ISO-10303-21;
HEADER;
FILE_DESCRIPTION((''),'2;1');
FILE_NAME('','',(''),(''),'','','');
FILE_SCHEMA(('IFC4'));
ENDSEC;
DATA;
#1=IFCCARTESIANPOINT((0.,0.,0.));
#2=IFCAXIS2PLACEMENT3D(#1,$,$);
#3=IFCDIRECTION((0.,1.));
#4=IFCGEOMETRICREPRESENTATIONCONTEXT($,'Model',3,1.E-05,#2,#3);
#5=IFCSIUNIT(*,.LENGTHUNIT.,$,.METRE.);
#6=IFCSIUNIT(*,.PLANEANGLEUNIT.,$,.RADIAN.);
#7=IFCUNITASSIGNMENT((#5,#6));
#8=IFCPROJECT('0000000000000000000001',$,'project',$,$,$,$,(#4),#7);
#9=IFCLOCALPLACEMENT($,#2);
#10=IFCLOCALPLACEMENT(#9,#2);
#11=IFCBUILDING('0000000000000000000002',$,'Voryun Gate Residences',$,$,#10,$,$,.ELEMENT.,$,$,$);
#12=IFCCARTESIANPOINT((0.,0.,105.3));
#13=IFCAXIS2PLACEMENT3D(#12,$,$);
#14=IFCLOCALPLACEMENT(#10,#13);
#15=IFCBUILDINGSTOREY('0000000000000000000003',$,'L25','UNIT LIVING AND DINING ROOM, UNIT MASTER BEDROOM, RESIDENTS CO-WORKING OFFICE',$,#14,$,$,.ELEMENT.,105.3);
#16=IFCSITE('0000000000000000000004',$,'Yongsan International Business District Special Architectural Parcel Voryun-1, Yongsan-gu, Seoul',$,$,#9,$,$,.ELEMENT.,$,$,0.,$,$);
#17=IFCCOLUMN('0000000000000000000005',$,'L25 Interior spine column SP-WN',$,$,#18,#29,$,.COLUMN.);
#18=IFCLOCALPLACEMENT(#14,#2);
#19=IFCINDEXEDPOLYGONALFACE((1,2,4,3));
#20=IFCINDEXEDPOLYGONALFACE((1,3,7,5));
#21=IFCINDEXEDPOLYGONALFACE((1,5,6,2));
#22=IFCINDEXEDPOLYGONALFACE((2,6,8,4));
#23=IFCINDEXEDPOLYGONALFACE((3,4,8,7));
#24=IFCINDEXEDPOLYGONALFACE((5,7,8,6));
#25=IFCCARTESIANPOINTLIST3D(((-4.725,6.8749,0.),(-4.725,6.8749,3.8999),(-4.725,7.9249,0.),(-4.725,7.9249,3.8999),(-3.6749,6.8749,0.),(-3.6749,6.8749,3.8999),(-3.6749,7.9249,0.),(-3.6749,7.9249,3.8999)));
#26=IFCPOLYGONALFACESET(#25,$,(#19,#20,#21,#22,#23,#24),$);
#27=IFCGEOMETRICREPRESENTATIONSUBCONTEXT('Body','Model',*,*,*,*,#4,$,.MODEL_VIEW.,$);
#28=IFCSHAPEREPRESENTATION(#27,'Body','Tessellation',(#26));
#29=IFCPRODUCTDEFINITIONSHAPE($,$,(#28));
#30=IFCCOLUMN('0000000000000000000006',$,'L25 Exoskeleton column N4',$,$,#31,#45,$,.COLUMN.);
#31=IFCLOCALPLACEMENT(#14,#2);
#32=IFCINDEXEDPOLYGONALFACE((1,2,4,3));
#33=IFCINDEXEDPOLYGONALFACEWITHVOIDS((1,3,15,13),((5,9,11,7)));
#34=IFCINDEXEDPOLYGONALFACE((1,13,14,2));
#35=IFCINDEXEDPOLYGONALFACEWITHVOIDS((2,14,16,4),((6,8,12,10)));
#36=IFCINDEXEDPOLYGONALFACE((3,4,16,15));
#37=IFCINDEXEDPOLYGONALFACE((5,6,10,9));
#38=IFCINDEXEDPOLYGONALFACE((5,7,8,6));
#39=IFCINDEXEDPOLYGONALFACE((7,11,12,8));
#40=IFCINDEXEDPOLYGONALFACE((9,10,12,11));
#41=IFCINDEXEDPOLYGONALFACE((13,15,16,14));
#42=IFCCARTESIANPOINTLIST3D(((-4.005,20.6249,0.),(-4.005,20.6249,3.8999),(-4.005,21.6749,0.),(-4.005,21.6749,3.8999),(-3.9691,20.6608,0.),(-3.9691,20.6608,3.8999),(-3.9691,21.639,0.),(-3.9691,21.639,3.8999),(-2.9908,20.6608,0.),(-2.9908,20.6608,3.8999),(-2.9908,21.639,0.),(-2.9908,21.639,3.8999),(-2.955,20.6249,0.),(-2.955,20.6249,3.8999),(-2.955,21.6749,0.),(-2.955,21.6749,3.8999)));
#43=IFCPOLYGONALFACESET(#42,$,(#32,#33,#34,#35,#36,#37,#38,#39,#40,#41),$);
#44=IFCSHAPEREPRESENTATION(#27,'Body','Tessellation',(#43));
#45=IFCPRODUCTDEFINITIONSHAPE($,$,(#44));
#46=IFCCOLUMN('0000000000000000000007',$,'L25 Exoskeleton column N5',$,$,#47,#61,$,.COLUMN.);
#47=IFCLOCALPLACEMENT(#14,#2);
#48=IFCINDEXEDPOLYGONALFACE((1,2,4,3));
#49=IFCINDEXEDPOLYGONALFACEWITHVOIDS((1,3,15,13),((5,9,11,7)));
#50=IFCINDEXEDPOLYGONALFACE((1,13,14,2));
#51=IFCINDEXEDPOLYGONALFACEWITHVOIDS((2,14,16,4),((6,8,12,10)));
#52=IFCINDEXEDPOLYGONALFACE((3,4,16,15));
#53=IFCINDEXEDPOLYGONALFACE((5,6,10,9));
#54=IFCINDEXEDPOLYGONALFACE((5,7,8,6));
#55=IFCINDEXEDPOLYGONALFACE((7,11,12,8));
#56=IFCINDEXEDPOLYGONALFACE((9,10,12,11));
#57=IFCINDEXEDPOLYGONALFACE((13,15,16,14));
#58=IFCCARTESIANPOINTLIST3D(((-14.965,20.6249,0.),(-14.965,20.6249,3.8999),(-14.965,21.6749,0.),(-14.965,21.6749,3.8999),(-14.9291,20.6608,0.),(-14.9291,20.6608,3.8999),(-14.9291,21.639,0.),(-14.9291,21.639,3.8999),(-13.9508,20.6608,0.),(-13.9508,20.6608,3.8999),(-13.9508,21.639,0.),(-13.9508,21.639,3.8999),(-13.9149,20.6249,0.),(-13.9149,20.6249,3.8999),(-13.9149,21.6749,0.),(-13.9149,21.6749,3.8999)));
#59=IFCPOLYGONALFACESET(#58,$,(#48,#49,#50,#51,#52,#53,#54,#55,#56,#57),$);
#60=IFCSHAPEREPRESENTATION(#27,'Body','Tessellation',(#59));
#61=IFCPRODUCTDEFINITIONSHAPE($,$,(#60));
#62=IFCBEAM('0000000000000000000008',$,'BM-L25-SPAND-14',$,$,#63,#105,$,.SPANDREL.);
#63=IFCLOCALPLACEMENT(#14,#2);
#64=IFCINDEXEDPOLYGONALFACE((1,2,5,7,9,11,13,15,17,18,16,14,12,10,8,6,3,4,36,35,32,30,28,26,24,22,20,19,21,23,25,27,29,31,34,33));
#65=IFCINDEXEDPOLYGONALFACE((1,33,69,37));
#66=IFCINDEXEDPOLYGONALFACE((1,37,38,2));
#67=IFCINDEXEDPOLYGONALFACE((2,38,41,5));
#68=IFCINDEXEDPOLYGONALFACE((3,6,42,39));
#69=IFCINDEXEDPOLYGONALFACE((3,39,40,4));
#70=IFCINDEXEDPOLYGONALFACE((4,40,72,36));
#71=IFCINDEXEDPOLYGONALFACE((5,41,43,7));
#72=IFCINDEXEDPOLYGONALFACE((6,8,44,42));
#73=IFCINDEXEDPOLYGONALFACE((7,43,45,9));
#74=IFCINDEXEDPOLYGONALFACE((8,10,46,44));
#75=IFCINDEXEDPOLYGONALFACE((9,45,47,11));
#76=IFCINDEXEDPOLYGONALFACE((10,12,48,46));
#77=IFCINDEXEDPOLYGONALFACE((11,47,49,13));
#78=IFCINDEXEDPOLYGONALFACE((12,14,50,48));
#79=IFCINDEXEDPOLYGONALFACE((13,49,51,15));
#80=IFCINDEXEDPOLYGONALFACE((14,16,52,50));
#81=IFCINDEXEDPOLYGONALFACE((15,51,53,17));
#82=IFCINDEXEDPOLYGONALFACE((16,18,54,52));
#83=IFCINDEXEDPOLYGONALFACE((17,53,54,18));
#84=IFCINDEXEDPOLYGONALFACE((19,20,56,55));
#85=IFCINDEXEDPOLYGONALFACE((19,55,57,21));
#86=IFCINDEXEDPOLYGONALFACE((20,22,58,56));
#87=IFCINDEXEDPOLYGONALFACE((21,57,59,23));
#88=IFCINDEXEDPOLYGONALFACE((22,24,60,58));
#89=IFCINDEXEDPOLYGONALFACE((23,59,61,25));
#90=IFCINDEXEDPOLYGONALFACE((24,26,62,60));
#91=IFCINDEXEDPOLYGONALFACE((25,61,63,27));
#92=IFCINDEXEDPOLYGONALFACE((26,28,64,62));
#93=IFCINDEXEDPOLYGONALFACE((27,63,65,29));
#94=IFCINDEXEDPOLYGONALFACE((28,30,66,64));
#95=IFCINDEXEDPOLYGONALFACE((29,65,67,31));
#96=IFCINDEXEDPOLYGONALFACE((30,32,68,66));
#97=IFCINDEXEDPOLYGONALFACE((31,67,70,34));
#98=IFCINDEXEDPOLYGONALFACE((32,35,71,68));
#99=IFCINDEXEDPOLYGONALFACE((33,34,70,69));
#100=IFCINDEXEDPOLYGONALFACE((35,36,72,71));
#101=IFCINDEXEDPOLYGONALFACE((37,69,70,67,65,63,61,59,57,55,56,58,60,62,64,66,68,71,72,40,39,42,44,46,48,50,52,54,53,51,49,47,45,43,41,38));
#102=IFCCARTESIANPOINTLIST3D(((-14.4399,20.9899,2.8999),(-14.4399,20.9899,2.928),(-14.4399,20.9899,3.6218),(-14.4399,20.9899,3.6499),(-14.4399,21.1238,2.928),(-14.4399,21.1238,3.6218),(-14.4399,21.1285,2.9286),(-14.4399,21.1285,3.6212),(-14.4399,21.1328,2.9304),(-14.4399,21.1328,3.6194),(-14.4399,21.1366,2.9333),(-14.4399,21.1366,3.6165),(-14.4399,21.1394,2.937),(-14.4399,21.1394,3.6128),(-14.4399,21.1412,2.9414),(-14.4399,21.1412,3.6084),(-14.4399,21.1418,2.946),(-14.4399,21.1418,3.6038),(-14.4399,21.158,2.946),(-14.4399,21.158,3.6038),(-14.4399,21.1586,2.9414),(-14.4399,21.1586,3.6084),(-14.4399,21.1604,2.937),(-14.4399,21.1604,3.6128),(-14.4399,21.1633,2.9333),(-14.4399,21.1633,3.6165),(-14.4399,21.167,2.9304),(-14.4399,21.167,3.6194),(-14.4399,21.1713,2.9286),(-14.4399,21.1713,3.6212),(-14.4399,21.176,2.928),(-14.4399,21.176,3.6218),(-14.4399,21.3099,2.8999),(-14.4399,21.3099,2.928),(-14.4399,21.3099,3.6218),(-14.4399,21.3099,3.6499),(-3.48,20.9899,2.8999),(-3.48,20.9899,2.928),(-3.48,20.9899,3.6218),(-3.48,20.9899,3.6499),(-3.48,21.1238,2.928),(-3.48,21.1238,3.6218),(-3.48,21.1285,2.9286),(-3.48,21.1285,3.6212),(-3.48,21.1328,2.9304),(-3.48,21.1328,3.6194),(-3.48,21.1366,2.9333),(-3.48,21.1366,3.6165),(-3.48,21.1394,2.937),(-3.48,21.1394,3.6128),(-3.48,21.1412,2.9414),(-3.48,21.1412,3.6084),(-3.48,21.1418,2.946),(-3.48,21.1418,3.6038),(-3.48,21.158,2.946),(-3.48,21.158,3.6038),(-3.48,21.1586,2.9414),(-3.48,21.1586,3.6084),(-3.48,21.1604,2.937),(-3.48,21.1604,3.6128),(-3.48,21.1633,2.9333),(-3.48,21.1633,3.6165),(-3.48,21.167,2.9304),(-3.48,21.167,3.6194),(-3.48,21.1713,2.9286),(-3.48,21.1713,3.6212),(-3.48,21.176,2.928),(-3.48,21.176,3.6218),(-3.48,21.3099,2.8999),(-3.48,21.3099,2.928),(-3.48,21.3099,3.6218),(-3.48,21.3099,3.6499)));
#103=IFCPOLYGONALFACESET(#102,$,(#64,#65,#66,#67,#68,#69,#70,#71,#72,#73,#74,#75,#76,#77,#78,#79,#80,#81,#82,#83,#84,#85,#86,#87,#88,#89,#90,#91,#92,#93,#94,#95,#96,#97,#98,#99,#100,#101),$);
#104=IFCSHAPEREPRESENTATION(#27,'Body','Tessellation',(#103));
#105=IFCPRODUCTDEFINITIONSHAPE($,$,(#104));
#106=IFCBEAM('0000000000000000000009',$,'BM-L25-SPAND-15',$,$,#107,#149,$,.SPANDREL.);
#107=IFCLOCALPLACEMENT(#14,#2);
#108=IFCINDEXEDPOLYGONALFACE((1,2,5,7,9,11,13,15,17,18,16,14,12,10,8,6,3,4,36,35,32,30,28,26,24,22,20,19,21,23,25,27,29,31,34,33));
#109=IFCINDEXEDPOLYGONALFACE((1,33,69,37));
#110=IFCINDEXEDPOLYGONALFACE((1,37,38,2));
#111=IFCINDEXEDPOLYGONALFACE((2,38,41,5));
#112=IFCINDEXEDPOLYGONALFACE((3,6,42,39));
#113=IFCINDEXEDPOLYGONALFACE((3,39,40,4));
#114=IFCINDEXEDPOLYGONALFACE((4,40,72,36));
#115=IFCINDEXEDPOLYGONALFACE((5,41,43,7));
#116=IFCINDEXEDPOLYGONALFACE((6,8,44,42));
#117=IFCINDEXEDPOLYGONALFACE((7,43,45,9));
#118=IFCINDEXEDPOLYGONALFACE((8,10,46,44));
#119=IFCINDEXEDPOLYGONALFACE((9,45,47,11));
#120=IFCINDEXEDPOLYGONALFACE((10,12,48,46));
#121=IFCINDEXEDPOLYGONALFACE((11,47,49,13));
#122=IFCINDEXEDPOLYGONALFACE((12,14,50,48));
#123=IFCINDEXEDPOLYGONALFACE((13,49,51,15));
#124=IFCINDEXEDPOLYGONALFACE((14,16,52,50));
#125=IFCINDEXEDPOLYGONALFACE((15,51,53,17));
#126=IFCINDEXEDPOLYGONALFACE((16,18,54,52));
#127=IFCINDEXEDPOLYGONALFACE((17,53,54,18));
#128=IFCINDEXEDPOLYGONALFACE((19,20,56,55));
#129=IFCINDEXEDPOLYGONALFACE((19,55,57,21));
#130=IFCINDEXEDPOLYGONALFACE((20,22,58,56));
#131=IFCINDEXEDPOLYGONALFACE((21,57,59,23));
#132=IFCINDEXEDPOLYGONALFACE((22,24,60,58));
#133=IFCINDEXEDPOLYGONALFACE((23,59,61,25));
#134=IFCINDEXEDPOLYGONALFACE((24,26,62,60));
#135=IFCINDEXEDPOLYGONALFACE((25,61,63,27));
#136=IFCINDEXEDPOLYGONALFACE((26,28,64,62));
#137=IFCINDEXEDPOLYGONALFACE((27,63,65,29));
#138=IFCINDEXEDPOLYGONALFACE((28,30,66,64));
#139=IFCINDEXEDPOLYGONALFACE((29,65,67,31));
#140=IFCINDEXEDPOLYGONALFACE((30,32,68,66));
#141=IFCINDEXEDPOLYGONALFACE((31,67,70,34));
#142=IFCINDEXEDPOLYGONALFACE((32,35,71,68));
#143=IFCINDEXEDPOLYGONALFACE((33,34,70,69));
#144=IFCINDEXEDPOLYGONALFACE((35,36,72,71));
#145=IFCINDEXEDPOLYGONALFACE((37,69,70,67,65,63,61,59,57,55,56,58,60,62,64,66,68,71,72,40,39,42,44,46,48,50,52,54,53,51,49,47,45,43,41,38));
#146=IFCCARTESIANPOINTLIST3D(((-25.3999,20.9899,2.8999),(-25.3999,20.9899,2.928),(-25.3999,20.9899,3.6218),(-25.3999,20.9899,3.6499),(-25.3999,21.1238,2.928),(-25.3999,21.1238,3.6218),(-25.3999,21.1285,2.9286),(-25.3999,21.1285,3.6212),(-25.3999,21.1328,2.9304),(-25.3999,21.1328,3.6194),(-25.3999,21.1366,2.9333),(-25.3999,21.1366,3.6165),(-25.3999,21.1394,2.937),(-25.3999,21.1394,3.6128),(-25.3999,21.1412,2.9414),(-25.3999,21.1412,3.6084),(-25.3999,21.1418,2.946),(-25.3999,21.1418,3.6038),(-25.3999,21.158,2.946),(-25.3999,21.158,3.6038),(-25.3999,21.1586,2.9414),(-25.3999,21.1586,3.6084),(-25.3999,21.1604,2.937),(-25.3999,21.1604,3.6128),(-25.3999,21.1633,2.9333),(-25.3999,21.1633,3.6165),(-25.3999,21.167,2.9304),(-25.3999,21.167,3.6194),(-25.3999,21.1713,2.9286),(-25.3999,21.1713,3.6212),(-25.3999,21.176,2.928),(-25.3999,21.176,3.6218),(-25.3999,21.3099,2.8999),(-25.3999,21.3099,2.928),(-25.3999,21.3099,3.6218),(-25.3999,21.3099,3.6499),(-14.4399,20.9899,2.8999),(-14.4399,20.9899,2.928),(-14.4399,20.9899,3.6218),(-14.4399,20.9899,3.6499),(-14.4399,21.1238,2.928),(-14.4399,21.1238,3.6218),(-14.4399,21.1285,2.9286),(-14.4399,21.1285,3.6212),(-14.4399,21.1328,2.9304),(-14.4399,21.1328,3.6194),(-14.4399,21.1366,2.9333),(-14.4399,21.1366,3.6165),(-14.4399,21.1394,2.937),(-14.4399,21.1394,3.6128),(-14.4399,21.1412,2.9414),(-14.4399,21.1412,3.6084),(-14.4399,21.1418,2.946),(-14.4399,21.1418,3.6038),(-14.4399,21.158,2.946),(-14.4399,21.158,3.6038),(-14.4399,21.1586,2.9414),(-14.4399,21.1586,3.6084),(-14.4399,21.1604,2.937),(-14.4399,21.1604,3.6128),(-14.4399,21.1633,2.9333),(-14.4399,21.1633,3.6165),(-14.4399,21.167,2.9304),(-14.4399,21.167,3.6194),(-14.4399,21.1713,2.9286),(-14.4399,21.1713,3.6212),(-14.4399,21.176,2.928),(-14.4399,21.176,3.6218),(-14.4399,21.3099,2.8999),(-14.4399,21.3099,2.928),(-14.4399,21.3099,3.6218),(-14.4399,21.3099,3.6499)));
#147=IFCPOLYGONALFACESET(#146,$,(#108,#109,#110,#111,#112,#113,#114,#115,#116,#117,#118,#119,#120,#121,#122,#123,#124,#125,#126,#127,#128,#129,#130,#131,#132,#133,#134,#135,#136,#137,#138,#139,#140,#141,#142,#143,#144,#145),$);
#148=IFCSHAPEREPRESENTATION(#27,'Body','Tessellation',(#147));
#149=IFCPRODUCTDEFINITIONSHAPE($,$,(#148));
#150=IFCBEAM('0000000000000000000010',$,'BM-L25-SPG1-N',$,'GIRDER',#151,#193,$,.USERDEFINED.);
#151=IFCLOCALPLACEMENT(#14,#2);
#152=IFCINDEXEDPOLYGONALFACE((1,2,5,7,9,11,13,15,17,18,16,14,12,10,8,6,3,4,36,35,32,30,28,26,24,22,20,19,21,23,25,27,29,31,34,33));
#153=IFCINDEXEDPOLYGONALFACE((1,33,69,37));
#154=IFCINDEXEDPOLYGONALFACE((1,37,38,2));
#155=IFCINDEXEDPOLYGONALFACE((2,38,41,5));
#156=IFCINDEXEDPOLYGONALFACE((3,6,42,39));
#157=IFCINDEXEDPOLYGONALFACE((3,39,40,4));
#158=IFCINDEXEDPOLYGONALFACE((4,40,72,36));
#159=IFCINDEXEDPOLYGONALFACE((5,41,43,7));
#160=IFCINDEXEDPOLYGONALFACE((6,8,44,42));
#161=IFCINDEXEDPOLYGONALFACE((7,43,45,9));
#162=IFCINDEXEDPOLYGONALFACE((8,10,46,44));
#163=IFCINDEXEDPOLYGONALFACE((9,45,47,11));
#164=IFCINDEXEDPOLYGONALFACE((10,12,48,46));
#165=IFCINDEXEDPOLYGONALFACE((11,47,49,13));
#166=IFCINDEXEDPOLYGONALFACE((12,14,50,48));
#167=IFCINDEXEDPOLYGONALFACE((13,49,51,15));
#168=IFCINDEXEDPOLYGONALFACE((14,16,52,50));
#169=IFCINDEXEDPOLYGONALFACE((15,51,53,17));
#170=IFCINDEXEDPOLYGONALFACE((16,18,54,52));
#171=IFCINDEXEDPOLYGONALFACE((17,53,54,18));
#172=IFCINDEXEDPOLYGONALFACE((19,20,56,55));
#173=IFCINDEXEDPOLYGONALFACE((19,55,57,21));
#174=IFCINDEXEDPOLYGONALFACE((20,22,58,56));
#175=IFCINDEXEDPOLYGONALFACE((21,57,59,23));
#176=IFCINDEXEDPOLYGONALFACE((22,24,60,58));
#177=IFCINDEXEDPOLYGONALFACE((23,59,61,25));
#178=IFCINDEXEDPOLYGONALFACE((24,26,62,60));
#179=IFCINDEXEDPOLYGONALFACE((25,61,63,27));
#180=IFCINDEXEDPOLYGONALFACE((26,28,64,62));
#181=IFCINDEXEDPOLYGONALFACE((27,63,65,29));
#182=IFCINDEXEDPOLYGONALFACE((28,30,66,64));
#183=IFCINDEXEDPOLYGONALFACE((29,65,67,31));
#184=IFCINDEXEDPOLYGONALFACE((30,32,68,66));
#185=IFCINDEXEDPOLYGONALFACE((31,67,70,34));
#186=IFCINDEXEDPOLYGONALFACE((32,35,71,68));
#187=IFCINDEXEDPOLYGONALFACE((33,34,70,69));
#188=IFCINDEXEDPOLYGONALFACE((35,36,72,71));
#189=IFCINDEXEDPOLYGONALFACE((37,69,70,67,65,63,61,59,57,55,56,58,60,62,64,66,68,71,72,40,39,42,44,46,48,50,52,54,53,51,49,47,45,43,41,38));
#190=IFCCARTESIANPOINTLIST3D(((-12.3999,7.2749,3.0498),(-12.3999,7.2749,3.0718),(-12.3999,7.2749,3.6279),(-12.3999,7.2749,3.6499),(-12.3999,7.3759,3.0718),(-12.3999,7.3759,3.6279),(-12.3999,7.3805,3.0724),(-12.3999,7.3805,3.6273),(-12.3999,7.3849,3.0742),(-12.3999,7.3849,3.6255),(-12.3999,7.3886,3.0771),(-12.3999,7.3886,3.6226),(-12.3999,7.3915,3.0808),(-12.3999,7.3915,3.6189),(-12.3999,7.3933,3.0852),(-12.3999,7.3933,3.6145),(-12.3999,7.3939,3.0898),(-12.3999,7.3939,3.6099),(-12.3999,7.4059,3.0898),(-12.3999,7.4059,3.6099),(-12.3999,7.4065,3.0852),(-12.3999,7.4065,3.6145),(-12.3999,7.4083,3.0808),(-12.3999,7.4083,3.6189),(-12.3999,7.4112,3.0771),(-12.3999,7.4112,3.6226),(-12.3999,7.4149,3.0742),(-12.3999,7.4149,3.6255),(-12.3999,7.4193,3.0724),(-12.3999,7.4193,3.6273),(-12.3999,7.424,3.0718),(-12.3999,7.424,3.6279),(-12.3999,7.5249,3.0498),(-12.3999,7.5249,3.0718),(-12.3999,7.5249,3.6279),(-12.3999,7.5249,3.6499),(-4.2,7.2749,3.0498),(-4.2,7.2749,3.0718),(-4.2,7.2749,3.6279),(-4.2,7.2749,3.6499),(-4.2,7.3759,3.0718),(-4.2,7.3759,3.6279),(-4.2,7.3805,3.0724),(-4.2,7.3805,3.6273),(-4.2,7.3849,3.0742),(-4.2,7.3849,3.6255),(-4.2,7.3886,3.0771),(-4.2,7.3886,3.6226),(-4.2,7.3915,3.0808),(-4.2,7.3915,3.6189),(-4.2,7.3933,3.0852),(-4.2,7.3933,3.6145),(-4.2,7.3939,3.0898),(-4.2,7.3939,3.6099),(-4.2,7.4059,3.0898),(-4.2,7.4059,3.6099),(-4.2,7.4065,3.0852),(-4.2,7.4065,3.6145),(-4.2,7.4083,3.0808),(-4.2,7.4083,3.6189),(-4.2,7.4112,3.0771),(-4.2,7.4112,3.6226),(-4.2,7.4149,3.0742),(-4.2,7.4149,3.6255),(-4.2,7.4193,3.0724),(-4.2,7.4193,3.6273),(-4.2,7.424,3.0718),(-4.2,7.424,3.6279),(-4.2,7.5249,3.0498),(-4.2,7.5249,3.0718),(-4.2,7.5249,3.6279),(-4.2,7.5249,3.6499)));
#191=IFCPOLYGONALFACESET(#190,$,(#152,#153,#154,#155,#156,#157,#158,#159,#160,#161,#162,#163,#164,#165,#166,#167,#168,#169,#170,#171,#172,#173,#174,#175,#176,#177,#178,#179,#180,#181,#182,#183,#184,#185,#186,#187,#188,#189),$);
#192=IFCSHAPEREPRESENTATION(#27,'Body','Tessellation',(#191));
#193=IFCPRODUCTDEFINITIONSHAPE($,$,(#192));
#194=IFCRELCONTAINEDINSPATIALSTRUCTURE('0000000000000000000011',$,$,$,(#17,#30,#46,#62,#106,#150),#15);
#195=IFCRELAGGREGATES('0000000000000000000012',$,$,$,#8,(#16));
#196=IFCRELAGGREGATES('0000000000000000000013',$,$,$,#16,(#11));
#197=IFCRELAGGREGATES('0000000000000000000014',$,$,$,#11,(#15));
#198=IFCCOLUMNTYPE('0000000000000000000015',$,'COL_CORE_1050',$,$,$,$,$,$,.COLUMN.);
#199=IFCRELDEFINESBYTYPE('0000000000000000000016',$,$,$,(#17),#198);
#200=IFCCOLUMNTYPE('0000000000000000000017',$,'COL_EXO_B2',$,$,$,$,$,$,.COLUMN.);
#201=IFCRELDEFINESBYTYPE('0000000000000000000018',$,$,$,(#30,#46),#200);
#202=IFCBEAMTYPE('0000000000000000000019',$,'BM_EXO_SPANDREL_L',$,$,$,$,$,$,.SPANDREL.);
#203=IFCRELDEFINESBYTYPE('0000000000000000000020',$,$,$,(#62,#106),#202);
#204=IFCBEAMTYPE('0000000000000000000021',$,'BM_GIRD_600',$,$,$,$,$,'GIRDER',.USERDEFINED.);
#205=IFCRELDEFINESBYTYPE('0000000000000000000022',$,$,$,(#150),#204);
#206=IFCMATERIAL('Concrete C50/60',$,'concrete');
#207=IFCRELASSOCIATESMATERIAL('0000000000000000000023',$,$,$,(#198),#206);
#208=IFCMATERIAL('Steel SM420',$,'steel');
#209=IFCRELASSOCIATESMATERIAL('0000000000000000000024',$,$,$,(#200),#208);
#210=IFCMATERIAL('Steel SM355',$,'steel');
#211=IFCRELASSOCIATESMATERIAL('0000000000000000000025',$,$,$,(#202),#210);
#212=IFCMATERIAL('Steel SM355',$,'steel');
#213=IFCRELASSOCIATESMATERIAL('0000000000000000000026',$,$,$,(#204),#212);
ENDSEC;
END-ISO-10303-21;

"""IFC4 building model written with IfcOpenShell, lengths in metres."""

from ifc_helpers import new_model, si_unit, direction, frame, origin, origin_2d, place, context, subcontext, project, spatial, rectangle, hollow_rectangle, i_section, extrude, material, material_profile, profile_set, type_object, element, save


model = new_model("IFC4")

# Units and contexts
model_context = context("Model", 3, precision=1e-05, world=origin(), true_north=direction((0.0, 1.0)))
body_context = subcontext(model_context, "Body", "Model", "MODEL_VIEW")
ifc_project = project(units=[si_unit("LENGTHUNIT", "METRE"), si_unit("PLANEANGLEUNIT", "RADIAN")], contexts=[model_context])

# Site, building, storey
site_placement = place(None, origin())
site = spatial("IfcSite", under=ifc_project, at=site_placement, Name="Yongsan International Business District Special Architectural Parcel Voryun-1, Yongsan-gu, Seoul", CompositionType="ELEMENT", RefElevation=0.0)
building_placement = place(site_placement, origin())
building = spatial("IfcBuilding", under=site, at=building_placement, Name="Voryun Gate Residences", CompositionType="ELEMENT")
storey_placement = place(building_placement, frame((0.0, 0.0, 105.3)))
storey = spatial("IfcBuildingStorey", under=building, at=storey_placement, Name="L25", Description="UNIT LIVING AND DINING ROOM, UNIT MASTER BEDROOM, RESIDENTS CO-WORKING OFFICE", CompositionType="ELEMENT", Elevation=105.3)

# Columns
ifc_material_1 = material(Name="Concrete C50/60", Category="concrete")
ifc_material_profile_1 = material_profile(ifc_material_1, rectangle(XDim=1.05, YDim=1.05, at=origin_2d()), Name="RC-1050x1050")
ifc_profile_set_1 = profile_set([ifc_material_profile_1], Name="Concrete C50/60")
column_type_1 = type_object("IfcColumnType", Name="COL_CORE_1050", PredefinedType="COLUMN", material=ifc_profile_set_1)
column_placement = place(storey_placement, frame((-4.2, 7.3999, 0.0), z_axis=(0.0, 0.0, 1.0), x_axis=(1.0, 0.0, 0.0)))
element("IfcColumn", 1, at=column_placement, inside=storey, type_object=column_type_1, Name="L25 Interior spine column SP-WN", PredefinedType="COLUMN", context=body_context, shape_type="SweptSolid", body=[
    extrude(rectangle(XDim=1.05, YDim=1.05, at=origin_2d()), origin(), (0.0, 0.0, 1.0), 3.8999),
])
ifc_material_2 = material(Name="Steel SM420", Category="steel")
ifc_material_profile_2 = material_profile(ifc_material_2, hollow_rectangle(XDim=1.05, YDim=1.05, WallThickness=0.0359, at=origin_2d()), Name="BOX-1050x1050x36")
ifc_profile_set_2 = profile_set([ifc_material_profile_2], Name="Steel SM420")
column_type_2 = type_object("IfcColumnType", Name="COL_EXO_B2", PredefinedType="COLUMN", material=ifc_profile_set_2)
for number, where, z_axis, x_axis, name in (
    (2, (-3.48, 21.1499, 0.0), (0.0, 0.0, 1.0), (1.0, 0.0, 0.0), "L25 Exoskeleton column N4"),
    (3, (-14.4399, 21.1499, 0.0), (0.0, 0.0, 1.0), (1.0, 0.0, 0.0), "L25 Exoskeleton column N5"),
):
    element("IfcColumn", number, at=place(storey_placement, frame(where, z_axis=z_axis, x_axis=x_axis)), inside=storey, type_object=column_type_2, Name=name, PredefinedType="COLUMN", context=body_context, shape_type="SweptSolid", body=[
        extrude(hollow_rectangle(XDim=1.05, YDim=1.05, WallThickness=0.0359, at=origin_2d()), origin(), (0.0, 0.0, 1.0), 3.8999),
    ])

# Beams
ifc_material_3 = material(Name="Steel SM355", Category="steel")
ifc_material_profile_3 = material_profile(ifc_material_3, i_section(OverallWidth=0.3201, OverallDepth=0.75, WebThickness=0.0161, FlangeThickness=0.0281, FilletRadius=0.0181, at=origin_2d()), Name="H-750x320x16x28")
ifc_profile_set_3 = profile_set([ifc_material_profile_3], Name="Steel SM355")
beam_type_1 = type_object("IfcBeamType", Name="BM_EXO_SPANDREL_L", PredefinedType="SPANDREL", material=ifc_profile_set_3)
for number, where, z_axis, x_axis, name in (
    (4, (-3.48, 21.1499, 3.2749), (-1.0, 0.0, 0.0), (0.0, -1.0, 0.0), "BM-L25-SPAND-14"),
    (5, (-14.4399, 21.1499, 3.2749), (-1.0, 0.0, 0.0), (0.0, -1.0, 0.0), "BM-L25-SPAND-15"),
):
    element("IfcBeam", number, at=place(storey_placement, frame(where, z_axis=z_axis, x_axis=x_axis)), inside=storey, type_object=beam_type_1, Name=name, PredefinedType="SPANDREL", context=body_context, shape_type="SweptSolid", body=[
        extrude(i_section(OverallWidth=0.3201, OverallDepth=0.75, WebThickness=0.0161, FlangeThickness=0.0281, FilletRadius=0.0181, at=origin_2d()), origin(), (0.0, 0.0, 1.0), 10.96),
    ])
ifc_material_4 = material(Name="Steel SM355", Category="steel")
ifc_material_profile_4 = material_profile(ifc_material_4, i_section(OverallWidth=0.25, OverallDepth=0.6001, WebThickness=0.012, FlangeThickness=0.022, FilletRadius=0.0181, at=origin_2d()), Name="H-600x250x12x22")
ifc_profile_set_4 = profile_set([ifc_material_profile_4], Name="Steel SM355")
beam_type_2 = type_object("IfcBeamType", Name="BM_GIRD_600", ElementType="GIRDER", PredefinedType="USERDEFINED", material=ifc_profile_set_4)
beam_1_placement = place(storey_placement, frame((-12.3999, 7.3999, 3.3499), z_axis=(1.0, 0.0, 0.0), x_axis=(0.0, 1.0, 0.0)))
element("IfcBeam", 6, at=beam_1_placement, inside=storey, type_object=beam_type_2, Name="BM-L25-SPG1-N", ObjectType="GIRDER", PredefinedType="USERDEFINED", context=body_context, shape_type="SweptSolid", body=[
    extrude(i_section(OverallWidth=0.25, OverallDepth=0.6001, WebThickness=0.012, FlangeThickness=0.022, FilletRadius=0.0181, at=origin_2d()), origin(), (0.0, 0.0, 1.0), 8.2),
])

save(model, "model.ifc")
